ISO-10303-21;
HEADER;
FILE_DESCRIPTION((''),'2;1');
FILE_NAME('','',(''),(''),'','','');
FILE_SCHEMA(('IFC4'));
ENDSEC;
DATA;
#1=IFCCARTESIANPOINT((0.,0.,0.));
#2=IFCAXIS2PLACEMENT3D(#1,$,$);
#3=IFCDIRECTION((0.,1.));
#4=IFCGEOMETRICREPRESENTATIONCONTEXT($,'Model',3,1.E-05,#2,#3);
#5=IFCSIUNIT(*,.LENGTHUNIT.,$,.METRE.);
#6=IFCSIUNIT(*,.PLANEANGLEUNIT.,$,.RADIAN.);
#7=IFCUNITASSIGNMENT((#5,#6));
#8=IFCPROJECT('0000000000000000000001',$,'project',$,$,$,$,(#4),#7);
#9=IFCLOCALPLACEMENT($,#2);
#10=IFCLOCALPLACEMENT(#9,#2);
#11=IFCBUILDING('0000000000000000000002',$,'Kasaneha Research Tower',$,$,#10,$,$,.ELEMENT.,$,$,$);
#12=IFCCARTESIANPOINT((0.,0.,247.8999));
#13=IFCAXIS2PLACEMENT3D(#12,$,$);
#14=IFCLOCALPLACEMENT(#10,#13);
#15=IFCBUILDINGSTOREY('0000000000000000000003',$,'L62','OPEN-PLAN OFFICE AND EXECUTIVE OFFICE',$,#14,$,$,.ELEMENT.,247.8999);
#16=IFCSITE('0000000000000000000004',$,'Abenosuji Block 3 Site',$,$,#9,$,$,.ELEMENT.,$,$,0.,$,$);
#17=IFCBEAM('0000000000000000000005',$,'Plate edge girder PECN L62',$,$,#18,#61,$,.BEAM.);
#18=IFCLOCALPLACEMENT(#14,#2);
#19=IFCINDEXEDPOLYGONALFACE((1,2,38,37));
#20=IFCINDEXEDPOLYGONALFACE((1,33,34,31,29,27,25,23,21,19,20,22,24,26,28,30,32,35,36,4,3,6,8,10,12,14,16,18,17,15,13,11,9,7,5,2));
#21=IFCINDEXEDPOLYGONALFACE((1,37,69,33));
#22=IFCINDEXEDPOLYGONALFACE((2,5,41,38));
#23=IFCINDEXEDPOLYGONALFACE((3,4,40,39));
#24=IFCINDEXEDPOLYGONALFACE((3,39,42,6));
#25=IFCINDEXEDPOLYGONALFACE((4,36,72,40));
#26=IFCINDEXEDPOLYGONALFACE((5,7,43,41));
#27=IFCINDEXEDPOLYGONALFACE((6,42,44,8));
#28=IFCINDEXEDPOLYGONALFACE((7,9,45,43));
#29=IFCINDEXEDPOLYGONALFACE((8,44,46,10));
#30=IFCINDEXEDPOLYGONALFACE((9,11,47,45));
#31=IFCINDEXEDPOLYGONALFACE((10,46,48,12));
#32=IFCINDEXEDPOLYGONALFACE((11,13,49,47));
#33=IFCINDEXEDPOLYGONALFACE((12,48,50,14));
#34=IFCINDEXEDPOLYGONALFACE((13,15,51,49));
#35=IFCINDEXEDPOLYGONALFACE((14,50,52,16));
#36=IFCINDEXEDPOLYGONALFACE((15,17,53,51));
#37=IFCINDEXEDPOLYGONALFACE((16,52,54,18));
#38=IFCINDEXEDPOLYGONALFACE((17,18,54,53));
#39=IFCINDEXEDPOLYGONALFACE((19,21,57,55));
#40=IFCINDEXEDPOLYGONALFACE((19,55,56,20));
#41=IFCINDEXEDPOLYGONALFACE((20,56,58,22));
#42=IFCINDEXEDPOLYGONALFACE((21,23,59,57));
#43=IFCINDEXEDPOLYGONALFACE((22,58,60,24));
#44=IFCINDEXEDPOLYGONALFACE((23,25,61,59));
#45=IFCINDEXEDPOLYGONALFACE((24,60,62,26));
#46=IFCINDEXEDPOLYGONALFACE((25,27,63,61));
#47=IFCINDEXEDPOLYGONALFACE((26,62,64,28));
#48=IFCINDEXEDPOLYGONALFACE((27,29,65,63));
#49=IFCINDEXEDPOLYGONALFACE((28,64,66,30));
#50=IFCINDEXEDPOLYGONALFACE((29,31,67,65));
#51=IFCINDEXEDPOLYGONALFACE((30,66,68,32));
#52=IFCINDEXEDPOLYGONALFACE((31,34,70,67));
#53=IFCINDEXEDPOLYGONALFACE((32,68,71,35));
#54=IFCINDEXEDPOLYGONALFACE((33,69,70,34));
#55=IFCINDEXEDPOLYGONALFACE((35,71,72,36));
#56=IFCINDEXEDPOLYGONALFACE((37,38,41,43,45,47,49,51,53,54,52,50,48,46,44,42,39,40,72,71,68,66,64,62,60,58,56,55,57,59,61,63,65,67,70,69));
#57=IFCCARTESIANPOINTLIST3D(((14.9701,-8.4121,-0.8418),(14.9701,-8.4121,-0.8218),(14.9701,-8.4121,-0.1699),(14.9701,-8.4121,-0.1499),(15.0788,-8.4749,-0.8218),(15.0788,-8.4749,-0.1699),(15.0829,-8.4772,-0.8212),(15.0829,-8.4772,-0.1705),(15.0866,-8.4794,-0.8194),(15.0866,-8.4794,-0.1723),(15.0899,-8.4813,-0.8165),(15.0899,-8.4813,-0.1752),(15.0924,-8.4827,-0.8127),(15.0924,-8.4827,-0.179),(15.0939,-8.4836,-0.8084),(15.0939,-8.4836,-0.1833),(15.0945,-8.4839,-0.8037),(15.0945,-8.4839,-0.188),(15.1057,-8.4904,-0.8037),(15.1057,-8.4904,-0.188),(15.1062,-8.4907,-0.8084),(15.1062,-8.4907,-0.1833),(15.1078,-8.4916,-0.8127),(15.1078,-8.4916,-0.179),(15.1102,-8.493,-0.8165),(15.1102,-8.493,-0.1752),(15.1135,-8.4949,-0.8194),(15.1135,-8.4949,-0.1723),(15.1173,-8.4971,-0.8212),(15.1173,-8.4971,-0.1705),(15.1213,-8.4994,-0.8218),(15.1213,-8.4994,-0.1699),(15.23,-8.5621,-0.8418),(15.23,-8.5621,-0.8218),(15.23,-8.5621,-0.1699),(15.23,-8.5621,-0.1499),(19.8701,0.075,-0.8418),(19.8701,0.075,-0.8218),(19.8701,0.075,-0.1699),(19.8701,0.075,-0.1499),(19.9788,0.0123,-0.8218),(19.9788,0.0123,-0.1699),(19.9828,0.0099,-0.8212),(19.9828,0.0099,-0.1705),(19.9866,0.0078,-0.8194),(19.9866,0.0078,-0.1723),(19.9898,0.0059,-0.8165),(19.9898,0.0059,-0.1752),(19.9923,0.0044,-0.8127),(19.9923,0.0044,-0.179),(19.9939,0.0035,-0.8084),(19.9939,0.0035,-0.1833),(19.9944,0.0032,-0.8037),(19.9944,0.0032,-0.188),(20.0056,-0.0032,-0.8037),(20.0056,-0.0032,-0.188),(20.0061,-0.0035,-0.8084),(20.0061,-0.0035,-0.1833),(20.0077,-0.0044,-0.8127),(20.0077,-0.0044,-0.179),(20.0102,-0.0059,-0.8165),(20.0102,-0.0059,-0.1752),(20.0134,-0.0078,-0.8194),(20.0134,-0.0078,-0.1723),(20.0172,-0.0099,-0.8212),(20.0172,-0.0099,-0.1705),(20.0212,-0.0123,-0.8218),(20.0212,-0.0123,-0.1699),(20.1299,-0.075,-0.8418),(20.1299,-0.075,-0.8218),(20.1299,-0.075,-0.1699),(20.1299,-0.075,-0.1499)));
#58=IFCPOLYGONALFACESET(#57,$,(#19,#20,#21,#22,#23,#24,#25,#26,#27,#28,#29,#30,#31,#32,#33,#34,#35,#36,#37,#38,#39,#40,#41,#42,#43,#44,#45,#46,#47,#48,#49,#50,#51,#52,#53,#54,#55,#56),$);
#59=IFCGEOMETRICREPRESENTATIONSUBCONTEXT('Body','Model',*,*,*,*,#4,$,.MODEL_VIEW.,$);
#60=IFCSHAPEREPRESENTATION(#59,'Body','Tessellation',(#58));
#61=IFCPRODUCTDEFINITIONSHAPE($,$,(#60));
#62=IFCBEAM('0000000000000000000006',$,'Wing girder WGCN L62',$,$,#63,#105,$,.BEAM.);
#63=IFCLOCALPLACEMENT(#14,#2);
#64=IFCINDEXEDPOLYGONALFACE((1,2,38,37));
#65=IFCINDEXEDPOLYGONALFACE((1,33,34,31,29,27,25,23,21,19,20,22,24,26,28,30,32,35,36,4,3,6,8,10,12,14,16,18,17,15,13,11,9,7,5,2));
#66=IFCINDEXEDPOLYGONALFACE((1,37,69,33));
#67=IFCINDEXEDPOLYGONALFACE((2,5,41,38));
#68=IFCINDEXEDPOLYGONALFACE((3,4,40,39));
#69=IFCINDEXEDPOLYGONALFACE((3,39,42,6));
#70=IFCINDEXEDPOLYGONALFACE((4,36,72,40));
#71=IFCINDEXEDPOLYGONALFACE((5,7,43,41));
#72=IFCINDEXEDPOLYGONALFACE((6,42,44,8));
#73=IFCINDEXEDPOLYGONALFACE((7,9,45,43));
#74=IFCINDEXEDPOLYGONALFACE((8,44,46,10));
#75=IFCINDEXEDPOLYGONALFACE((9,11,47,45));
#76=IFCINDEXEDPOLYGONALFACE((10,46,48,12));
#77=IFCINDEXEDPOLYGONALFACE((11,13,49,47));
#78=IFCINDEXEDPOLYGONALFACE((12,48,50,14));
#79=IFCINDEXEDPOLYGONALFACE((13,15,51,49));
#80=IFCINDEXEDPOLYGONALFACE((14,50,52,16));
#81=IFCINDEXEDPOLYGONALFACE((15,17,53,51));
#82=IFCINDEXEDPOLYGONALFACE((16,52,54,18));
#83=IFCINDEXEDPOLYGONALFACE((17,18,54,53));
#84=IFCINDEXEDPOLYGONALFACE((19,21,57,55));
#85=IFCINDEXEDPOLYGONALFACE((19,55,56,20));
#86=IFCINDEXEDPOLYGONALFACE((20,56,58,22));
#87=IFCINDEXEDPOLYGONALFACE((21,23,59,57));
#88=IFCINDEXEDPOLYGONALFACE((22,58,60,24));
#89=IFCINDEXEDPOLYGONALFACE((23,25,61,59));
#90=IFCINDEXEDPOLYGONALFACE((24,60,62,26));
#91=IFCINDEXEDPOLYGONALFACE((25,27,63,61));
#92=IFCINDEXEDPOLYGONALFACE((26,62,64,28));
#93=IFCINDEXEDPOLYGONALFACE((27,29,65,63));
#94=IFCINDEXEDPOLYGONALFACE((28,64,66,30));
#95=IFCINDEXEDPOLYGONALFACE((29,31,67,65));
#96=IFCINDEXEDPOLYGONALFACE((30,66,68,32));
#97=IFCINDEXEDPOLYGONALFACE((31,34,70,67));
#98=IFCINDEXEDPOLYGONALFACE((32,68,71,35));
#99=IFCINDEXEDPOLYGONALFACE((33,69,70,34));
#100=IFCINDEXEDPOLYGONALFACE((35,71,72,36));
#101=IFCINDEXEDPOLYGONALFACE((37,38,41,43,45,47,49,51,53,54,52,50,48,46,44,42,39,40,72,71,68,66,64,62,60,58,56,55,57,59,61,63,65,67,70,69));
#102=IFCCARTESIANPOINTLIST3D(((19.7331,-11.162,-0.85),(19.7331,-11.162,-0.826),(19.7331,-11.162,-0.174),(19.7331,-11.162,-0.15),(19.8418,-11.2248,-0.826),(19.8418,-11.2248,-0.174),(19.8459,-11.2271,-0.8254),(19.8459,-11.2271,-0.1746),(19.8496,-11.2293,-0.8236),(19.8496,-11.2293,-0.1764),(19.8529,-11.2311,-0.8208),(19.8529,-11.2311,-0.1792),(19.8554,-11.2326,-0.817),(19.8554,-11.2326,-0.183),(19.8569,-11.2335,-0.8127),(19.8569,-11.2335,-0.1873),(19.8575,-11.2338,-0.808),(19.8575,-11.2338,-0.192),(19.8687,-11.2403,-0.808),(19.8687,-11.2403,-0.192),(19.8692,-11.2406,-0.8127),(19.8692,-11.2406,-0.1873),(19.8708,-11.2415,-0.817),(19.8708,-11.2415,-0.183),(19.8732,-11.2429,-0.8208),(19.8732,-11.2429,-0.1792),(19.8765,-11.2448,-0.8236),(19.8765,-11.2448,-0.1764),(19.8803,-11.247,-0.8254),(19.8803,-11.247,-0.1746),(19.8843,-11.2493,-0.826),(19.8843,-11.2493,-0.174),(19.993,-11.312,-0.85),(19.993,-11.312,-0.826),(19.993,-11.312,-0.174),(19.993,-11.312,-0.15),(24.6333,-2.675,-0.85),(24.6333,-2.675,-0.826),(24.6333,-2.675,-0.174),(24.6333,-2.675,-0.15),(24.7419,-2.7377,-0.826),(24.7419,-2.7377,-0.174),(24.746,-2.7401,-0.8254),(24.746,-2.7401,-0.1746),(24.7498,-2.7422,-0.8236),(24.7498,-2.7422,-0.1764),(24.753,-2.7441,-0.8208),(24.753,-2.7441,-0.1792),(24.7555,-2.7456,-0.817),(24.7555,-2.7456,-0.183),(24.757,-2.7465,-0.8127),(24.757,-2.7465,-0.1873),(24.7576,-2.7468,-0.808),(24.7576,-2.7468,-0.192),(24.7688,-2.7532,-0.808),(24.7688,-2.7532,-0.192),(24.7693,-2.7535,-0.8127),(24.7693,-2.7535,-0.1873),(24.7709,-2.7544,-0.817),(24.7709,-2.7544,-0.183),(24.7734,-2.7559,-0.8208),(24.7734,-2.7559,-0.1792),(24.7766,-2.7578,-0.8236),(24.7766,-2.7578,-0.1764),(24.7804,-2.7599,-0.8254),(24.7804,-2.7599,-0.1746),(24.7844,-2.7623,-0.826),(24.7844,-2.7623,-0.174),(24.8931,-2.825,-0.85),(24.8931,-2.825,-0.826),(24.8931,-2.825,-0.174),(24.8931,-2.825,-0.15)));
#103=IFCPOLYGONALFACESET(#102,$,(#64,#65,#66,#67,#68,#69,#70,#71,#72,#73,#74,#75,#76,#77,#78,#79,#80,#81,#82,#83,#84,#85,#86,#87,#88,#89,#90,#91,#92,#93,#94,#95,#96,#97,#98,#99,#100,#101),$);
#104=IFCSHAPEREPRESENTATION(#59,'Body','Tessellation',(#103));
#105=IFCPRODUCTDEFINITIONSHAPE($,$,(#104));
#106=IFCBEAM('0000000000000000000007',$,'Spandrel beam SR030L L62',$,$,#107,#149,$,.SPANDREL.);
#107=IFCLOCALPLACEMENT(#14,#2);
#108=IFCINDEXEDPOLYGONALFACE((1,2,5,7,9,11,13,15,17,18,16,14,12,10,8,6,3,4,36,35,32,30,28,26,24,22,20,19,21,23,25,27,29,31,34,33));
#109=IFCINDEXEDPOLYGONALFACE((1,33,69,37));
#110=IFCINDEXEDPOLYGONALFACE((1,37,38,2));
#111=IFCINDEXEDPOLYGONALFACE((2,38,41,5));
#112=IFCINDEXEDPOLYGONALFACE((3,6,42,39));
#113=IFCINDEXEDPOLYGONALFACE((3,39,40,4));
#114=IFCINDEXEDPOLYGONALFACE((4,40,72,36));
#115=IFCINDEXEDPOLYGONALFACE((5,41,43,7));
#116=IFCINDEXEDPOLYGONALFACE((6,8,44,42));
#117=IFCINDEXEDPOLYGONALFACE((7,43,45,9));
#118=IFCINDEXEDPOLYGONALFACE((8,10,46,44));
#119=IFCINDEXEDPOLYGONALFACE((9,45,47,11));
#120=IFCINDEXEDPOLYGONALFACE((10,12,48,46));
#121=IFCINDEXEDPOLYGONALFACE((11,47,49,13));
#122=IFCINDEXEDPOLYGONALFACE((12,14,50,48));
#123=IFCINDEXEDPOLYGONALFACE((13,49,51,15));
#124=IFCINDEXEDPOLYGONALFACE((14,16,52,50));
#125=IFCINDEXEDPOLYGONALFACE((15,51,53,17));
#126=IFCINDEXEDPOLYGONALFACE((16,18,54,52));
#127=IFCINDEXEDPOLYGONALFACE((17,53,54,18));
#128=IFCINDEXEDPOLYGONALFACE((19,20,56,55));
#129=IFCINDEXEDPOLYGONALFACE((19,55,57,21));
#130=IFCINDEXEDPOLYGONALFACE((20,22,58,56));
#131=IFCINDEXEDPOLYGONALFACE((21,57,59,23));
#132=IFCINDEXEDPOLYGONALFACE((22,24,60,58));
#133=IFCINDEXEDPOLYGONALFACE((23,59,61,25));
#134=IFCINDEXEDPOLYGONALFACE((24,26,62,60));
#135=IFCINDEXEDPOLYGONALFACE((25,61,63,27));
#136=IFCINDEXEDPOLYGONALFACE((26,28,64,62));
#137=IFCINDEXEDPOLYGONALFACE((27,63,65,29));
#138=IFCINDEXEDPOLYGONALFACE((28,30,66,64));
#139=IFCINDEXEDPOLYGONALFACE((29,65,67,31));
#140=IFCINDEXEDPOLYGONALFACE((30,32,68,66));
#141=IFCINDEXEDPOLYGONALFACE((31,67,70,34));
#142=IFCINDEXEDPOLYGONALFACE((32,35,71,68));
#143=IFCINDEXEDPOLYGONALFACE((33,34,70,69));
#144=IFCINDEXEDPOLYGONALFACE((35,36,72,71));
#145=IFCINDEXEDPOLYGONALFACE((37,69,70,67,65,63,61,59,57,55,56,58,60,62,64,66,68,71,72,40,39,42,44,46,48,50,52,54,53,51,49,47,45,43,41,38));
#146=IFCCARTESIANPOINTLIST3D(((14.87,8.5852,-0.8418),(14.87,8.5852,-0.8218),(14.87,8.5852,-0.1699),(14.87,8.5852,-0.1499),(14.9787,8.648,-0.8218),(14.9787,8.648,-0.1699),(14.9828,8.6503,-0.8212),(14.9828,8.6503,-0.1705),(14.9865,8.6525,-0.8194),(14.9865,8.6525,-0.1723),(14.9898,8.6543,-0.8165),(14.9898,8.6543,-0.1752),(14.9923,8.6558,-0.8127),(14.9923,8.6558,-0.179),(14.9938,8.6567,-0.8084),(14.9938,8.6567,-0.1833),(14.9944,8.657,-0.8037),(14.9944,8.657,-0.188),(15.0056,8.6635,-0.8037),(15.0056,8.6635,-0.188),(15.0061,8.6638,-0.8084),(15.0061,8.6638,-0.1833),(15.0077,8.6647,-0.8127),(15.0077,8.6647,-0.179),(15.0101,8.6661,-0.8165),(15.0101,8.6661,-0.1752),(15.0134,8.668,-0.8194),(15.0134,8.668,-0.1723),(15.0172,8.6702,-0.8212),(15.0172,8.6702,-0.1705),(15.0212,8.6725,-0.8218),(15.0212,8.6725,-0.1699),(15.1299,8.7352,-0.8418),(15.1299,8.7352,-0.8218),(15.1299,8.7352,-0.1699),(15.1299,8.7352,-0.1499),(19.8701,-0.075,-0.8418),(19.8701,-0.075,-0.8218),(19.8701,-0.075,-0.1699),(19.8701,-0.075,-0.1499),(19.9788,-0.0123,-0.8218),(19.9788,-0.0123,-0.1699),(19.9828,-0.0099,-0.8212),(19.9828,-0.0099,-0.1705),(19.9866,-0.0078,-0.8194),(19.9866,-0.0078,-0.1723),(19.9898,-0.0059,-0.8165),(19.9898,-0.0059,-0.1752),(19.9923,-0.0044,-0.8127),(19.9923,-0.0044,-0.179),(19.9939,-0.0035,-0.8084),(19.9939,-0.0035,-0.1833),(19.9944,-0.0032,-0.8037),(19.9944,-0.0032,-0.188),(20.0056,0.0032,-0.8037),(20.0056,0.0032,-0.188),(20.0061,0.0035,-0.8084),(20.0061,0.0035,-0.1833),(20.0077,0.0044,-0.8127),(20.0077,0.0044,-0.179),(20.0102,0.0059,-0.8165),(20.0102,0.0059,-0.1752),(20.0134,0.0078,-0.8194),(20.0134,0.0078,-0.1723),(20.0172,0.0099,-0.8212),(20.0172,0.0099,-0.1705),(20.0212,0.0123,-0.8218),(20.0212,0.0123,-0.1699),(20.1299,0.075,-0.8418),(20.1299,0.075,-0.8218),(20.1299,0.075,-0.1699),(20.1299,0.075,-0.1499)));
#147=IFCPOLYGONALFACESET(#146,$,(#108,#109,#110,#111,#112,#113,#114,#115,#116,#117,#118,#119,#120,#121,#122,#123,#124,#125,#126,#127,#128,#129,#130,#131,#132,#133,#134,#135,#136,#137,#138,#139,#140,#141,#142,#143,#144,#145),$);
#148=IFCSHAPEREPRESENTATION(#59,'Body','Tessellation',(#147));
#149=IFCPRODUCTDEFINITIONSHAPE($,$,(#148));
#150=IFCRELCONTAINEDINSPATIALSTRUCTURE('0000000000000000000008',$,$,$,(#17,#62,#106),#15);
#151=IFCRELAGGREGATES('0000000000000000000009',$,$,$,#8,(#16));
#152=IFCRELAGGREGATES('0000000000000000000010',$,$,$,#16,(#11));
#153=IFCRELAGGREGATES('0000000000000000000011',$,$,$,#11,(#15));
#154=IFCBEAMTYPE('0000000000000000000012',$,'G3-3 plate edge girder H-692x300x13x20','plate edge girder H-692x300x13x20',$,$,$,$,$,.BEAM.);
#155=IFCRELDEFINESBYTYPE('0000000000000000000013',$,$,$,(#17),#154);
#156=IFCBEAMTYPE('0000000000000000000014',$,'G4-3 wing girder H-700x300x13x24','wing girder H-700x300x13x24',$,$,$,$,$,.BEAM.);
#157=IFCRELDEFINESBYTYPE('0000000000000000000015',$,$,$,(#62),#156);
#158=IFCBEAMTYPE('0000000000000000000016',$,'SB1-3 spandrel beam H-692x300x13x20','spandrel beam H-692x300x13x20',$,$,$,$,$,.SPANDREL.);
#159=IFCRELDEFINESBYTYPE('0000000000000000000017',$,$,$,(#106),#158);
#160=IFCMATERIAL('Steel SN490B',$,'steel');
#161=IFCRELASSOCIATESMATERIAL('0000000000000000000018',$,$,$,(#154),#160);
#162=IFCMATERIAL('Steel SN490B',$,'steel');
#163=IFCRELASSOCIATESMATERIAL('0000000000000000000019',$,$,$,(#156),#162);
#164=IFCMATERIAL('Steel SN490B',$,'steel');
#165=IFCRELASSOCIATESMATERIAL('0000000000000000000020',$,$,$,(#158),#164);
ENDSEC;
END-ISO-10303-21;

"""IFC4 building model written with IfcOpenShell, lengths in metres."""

from ifc_helpers import new_model, si_unit, direction, frame, origin, origin_2d, place, context, subcontext, project, spatial, i_section, extrude, material, material_profile, profile_set, type_object, element, save


model = new_model("IFC4")

# Units and contexts
model_context = context("Model", 3, precision=1e-05, world=origin(), true_north=direction((0.0, 1.0)))
body_context = subcontext(model_context, "Body", "Model", "MODEL_VIEW")
ifc_project = project(units=[si_unit("LENGTHUNIT", "METRE"), si_unit("PLANEANGLEUNIT", "RADIAN")], contexts=[model_context])

# Site, building, storey
site_placement = place(None, origin())
site = spatial("IfcSite", under=ifc_project, at=site_placement, Name="Abenosuji Block 3 Site", CompositionType="ELEMENT", RefElevation=0.0)
building_placement = place(site_placement, origin())
building = spatial("IfcBuilding", under=site, at=building_placement, Name="Kasaneha Research Tower", CompositionType="ELEMENT")
storey_placement = place(building_placement, frame((0.0, 0.0, 247.8999)))
storey = spatial("IfcBuildingStorey", under=building, at=storey_placement, Name="L62", Description="OPEN-PLAN OFFICE AND EXECUTIVE OFFICE", CompositionType="ELEMENT", Elevation=247.8999)

# Beams
ifc_material_1 = material(Name="Steel SN490B", Category="steel")
ifc_material_profile_1 = material_profile(ifc_material_1, i_section(OverallWidth=0.3, OverallDepth=0.6919, WebThickness=0.0129, FlangeThickness=0.02, FilletRadius=0.0181, at=origin_2d()), Name="H-692x300x13x20")
ifc_profile_set_1 = profile_set([ifc_material_profile_1], Name="Steel SN490B")
beam_type_1 = type_object("IfcBeamType", Name="G3-3 plate edge girder H-692x300x13x20", Description="plate edge girder H-692x300x13x20", PredefinedType="BEAM", material=ifc_profile_set_1)
beam_1_placement = place(storey_placement, frame((20.0, 0.0, -0.4958), z_axis=(-0.499992, -0.86603, 0.0), x_axis=(0.86603, -0.499992, 0.0)))
element("IfcBeam", 1, at=beam_1_placement, inside=storey, type_object=beam_type_1, Name="Plate edge girder PECN L62", PredefinedType="BEAM", context=body_context, shape_type="SweptSolid", body=[
    extrude(i_section(OverallWidth=0.3, OverallDepth=0.6919, WebThickness=0.0129, FlangeThickness=0.02, FilletRadius=0.0181, at=origin_2d()), origin(), (0.0, 0.0, 1.0), 9.8),
])
ifc_material_2 = material(Name="Steel SN490B", Category="steel")
ifc_material_profile_2 = material_profile(ifc_material_2, i_section(OverallWidth=0.3, OverallDepth=0.7, WebThickness=0.0129, FlangeThickness=0.0239, FilletRadius=0.0181, at=origin_2d()), Name="H-700x300x13x24")
ifc_profile_set_2 = profile_set([ifc_material_profile_2], Name="Steel SN490B")
beam_type_2 = type_object("IfcBeamType", Name="G4-3 wing girder H-700x300x13x24", Description="wing girder H-700x300x13x24", PredefinedType="BEAM", material=ifc_profile_set_2)
beam_2_placement = place(storey_placement, frame((24.7632, -2.75, -0.5), z_axis=(-0.500011, -0.866019, 0.0), x_axis=(0.866019, -0.500011, 0.0)))
element("IfcBeam", 2, at=beam_2_placement, inside=storey, type_object=beam_type_2, Name="Wing girder WGCN L62", PredefinedType="BEAM", context=body_context, shape_type="SweptSolid", body=[
    extrude(i_section(OverallWidth=0.3, OverallDepth=0.7, WebThickness=0.0129, FlangeThickness=0.0239, FilletRadius=0.0181, at=origin_2d()), origin(), (0.0, 0.0, 1.0), 9.8),
])
ifc_material_3 = material(Name="Steel SN490B", Category="steel")
ifc_material_profile_3 = material_profile(ifc_material_3, i_section(OverallWidth=0.3, OverallDepth=0.6919, WebThickness=0.0129, FlangeThickness=0.02, FilletRadius=0.0181, at=origin_2d()), Name="H-692x300x13x20")
ifc_profile_set_3 = profile_set([ifc_material_profile_3], Name="Steel SN490B")
beam_type_3 = type_object("IfcBeamType", Name="SB1-3 spandrel beam H-692x300x13x20", Description="spandrel beam H-692x300x13x20", PredefinedType="SPANDREL", material=ifc_profile_set_3)
beam_3_placement = place(storey_placement, frame((20.0, 0.0, -0.4958), z_axis=(-0.500004, 0.866023, 0.0), x_axis=(-0.866023, -0.500004, 0.0)))
element("IfcBeam", 3, at=beam_3_placement, inside=storey, type_object=beam_type_3, Name="Spandrel beam SR030L L62", PredefinedType="SPANDREL", context=body_context, shape_type="SweptSolid", body=[
    extrude(i_section(OverallWidth=0.3, OverallDepth=0.6919, WebThickness=0.0129, FlangeThickness=0.02, FilletRadius=0.0181, at=origin_2d()), origin(), (0.0, 0.0, 1.0), 10.0),
])

save(model, "model.ifc")
